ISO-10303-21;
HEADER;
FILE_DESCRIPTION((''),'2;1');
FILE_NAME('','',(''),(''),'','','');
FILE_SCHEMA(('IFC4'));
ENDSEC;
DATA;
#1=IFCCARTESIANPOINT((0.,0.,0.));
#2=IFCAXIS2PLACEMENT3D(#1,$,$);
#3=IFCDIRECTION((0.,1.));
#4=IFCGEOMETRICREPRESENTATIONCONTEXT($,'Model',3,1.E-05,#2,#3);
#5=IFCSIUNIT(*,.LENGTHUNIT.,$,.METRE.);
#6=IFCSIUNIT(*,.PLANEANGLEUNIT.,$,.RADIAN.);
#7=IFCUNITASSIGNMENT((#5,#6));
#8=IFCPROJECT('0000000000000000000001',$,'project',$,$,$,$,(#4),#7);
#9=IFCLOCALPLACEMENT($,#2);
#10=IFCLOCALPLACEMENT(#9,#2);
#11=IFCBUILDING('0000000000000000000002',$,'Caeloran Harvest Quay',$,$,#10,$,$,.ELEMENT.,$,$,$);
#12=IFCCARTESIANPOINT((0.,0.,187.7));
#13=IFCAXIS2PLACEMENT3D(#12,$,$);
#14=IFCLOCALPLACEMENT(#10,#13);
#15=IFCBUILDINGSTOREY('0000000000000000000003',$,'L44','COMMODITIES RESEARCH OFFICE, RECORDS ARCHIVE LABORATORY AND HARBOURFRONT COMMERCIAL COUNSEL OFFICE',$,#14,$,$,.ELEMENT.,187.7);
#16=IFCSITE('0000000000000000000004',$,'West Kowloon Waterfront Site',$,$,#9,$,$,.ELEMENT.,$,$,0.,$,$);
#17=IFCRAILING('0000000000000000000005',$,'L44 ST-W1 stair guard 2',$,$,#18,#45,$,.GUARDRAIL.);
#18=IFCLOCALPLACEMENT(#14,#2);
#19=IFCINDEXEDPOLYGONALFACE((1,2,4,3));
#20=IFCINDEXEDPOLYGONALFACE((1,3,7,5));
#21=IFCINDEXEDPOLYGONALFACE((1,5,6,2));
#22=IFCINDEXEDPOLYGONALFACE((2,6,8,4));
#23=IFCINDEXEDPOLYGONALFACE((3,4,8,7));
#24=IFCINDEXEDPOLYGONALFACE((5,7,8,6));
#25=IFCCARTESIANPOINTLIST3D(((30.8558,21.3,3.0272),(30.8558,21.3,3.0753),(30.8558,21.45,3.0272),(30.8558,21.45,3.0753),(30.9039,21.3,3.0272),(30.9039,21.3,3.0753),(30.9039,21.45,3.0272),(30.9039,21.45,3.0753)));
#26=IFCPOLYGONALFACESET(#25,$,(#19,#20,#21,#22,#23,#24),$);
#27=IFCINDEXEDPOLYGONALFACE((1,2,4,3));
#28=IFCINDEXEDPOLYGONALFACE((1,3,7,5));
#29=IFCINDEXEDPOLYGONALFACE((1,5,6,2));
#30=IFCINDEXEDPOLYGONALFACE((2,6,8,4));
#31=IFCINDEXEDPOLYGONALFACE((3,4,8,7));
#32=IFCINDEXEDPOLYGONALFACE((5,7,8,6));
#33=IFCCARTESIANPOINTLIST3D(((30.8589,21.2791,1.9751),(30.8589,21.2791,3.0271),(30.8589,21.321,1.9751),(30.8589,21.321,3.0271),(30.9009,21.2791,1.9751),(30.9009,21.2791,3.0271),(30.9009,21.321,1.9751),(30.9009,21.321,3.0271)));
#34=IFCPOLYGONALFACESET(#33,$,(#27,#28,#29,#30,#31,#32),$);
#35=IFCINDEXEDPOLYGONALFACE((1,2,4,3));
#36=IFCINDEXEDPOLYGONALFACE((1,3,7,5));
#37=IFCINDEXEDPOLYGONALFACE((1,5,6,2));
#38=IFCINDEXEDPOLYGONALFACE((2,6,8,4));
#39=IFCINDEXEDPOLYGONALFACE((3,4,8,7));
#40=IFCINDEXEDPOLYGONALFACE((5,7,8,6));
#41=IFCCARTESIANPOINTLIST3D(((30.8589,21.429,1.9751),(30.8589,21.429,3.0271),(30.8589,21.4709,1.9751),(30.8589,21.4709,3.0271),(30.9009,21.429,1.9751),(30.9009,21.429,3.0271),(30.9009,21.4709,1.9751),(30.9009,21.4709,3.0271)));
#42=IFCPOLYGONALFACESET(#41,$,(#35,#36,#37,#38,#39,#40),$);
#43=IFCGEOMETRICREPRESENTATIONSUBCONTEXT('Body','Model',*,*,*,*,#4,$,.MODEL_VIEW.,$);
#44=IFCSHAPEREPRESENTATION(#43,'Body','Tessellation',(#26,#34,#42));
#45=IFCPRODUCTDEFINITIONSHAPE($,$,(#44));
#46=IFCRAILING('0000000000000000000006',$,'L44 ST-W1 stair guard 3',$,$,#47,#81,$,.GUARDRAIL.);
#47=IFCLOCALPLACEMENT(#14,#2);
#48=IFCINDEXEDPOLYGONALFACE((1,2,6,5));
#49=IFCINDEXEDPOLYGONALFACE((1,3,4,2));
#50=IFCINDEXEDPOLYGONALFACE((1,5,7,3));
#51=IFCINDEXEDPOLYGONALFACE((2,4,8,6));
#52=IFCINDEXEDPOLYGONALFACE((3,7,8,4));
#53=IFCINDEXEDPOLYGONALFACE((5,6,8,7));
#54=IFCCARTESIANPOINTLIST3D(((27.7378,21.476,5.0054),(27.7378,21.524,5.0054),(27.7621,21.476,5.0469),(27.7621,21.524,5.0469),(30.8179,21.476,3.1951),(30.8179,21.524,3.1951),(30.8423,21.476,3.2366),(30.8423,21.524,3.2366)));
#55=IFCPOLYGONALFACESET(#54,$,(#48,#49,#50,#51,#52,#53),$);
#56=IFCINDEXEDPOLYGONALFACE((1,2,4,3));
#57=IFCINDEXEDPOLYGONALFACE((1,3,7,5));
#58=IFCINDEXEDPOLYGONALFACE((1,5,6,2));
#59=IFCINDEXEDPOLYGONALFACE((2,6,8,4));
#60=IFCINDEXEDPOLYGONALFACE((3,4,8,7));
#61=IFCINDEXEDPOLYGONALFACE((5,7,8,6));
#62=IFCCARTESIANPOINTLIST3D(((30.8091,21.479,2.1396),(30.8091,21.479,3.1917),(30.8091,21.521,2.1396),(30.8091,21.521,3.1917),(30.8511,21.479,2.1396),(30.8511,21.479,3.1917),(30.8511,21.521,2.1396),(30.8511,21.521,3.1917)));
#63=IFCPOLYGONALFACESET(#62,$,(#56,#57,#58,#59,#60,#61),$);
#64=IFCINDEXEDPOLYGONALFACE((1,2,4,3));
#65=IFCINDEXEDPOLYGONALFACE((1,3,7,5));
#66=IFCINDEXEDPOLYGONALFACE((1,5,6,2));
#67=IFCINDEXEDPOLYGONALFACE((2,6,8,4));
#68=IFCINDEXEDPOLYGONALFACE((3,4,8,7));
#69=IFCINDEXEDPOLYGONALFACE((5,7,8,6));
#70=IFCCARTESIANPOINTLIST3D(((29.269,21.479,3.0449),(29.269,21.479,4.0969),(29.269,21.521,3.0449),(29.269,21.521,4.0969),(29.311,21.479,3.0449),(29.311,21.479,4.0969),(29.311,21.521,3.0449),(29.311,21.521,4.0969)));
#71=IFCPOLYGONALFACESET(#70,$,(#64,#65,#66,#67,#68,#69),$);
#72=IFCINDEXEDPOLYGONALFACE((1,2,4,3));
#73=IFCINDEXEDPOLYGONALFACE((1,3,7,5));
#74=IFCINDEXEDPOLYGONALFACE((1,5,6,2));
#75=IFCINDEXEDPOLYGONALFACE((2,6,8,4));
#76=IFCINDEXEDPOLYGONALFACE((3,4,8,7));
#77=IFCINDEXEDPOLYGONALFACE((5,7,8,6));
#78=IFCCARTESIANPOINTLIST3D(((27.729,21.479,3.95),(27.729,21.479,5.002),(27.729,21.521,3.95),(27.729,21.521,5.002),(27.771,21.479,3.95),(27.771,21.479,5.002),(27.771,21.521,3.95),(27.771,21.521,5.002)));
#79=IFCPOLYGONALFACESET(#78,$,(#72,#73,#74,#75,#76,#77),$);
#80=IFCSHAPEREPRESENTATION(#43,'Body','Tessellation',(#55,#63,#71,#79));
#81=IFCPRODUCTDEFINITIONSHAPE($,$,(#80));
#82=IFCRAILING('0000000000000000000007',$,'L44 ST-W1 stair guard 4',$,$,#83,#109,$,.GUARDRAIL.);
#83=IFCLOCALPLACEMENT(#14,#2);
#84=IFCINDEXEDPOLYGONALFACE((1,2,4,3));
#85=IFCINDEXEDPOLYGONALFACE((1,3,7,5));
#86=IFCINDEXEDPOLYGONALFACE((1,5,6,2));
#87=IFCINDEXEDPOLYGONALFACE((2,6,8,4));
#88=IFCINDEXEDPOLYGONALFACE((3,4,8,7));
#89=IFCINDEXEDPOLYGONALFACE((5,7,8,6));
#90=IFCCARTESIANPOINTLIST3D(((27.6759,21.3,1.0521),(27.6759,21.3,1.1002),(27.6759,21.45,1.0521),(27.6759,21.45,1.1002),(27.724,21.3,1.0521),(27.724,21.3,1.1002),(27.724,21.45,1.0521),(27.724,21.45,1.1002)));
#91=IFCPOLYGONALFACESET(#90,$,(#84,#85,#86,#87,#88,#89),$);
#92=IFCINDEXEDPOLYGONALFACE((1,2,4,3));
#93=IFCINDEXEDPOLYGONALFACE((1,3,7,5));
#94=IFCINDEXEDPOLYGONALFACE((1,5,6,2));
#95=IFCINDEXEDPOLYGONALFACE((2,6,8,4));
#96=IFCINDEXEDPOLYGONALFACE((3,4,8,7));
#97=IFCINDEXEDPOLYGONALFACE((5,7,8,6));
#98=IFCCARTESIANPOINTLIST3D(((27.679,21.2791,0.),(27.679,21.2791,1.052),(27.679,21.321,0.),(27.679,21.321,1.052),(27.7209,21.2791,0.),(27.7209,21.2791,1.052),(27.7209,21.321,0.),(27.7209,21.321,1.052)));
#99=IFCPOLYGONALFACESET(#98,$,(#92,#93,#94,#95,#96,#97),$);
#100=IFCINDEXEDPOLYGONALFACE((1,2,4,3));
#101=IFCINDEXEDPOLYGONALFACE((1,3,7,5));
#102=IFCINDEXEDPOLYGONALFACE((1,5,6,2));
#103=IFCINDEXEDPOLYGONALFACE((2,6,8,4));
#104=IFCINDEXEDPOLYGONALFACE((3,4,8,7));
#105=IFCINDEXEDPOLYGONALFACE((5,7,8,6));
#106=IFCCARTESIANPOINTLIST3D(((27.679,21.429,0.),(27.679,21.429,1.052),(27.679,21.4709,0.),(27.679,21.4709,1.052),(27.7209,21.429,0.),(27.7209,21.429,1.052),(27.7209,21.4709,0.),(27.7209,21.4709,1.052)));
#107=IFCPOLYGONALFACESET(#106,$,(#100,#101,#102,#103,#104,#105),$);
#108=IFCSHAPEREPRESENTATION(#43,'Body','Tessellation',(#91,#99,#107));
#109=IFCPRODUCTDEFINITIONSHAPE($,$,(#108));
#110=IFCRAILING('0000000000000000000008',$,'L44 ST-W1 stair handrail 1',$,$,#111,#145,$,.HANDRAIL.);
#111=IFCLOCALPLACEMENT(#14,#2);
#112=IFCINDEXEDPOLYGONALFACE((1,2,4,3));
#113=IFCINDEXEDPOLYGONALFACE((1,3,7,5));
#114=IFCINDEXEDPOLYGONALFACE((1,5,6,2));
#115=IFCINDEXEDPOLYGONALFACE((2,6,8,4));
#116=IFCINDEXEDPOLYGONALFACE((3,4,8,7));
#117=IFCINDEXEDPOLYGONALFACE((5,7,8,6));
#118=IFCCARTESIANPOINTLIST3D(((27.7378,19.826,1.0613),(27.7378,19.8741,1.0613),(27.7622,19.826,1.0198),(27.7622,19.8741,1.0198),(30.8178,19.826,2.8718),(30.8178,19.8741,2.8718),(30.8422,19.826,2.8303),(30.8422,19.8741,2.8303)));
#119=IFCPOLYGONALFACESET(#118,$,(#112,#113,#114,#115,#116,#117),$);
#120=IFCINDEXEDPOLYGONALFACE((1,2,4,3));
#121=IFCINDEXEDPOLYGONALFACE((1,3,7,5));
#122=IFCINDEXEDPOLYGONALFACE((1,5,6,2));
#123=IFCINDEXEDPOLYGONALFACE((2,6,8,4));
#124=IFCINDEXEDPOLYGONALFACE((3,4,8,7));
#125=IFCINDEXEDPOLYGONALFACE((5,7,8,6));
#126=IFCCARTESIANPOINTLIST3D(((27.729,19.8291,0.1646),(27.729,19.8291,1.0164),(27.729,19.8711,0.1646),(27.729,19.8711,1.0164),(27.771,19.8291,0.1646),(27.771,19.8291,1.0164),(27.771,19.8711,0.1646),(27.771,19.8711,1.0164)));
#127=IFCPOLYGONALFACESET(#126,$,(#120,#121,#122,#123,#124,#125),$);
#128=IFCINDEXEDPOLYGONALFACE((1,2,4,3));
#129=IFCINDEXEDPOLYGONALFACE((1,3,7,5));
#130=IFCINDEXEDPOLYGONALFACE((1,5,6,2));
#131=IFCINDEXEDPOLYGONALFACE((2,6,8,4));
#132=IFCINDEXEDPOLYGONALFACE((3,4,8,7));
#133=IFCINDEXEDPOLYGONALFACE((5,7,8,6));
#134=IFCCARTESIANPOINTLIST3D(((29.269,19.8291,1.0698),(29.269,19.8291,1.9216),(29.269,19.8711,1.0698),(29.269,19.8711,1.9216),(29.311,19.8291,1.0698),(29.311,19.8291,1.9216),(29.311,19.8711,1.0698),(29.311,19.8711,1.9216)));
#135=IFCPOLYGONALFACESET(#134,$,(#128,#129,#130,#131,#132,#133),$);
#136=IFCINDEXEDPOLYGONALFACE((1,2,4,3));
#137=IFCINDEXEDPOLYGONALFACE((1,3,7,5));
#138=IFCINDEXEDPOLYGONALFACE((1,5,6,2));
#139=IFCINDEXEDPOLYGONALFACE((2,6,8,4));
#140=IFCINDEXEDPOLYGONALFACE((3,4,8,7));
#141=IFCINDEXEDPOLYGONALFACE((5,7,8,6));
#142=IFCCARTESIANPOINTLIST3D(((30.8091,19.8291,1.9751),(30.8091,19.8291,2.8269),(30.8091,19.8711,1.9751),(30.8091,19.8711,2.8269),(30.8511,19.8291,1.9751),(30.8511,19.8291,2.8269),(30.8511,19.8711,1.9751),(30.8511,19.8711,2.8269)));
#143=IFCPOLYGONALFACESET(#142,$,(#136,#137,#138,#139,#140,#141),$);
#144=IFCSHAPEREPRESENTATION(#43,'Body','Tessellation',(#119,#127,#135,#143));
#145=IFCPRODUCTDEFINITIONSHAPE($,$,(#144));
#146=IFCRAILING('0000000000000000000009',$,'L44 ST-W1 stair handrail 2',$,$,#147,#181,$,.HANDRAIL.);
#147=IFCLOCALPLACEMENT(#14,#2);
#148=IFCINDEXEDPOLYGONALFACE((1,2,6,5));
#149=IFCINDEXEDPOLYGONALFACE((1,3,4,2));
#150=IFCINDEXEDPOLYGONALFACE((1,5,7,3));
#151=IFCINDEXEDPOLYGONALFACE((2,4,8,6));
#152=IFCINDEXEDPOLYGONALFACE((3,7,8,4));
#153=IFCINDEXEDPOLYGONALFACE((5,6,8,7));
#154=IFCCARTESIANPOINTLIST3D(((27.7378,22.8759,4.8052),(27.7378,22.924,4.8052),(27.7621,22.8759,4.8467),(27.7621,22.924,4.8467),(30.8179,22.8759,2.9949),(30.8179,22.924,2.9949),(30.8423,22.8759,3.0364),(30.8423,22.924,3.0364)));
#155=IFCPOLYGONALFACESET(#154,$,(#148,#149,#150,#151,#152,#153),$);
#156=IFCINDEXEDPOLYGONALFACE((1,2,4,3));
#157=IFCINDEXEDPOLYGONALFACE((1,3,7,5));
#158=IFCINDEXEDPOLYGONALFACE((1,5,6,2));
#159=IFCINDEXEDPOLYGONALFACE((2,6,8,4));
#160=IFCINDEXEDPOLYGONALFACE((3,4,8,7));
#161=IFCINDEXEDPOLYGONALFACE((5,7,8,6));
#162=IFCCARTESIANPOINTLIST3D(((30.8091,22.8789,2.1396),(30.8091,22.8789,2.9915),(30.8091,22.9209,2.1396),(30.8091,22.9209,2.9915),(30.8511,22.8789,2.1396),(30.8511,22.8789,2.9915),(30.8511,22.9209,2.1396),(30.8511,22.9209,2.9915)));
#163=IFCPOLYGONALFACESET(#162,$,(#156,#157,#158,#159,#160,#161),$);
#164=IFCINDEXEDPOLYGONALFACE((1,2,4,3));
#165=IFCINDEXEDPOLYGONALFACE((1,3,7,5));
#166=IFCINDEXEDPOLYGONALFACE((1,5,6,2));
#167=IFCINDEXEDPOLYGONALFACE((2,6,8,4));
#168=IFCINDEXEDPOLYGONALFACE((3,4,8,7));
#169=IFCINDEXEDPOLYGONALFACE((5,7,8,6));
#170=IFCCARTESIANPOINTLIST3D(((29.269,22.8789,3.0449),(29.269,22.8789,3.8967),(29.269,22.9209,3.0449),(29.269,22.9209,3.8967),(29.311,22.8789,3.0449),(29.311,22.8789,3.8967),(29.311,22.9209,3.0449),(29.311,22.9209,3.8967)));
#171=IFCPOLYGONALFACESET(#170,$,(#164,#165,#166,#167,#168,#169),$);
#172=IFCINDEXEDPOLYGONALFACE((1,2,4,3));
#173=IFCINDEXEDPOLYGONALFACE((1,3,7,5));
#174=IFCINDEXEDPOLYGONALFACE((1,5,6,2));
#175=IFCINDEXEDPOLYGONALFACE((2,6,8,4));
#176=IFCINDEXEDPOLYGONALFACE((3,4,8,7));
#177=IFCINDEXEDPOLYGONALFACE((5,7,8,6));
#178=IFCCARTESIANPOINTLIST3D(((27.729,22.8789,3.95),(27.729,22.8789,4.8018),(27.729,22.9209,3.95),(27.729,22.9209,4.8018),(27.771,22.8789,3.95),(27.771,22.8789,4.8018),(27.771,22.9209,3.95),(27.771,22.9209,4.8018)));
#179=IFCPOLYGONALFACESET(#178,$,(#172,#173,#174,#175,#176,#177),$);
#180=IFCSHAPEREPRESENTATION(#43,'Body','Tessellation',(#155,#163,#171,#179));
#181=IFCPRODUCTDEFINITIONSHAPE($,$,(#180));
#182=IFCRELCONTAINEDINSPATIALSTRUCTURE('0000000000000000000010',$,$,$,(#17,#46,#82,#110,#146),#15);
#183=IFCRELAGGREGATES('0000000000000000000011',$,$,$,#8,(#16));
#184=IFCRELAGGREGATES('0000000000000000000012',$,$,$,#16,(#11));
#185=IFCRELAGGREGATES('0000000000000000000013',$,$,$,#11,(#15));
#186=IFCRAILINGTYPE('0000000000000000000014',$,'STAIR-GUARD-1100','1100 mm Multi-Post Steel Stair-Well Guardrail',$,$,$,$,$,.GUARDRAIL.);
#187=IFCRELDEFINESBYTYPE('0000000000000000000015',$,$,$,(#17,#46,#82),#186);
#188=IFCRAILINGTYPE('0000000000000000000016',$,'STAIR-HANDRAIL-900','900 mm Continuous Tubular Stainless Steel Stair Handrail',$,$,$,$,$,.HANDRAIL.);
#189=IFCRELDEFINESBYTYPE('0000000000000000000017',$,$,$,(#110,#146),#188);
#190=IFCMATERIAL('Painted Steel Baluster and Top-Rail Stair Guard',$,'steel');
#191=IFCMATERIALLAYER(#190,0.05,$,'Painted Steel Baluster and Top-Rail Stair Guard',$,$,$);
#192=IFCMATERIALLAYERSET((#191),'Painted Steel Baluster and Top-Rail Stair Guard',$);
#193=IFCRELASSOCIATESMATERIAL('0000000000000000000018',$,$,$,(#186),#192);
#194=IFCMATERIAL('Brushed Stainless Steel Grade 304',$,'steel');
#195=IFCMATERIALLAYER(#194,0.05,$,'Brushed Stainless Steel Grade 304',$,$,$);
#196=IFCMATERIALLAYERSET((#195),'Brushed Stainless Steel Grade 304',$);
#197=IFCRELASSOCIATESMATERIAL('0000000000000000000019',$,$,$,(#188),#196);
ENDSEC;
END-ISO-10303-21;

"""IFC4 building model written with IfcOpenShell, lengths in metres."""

from ifc_helpers import new_model, si_unit, direction, frame, origin, origin_2d, place, context, subcontext, project, spatial, rectangle, extrude, material, layer, layer_set, type_object, element, save


model = new_model("IFC4")

# Units and contexts
model_context = context("Model", 3, precision=1e-05, world=origin(), true_north=direction((0.0, 1.0)))
body_context = subcontext(model_context, "Body", "Model", "MODEL_VIEW")
ifc_project = project(units=[si_unit("LENGTHUNIT", "METRE"), si_unit("PLANEANGLEUNIT", "RADIAN")], contexts=[model_context])

# Site, building, storey
site_placement = place(None, origin())
site = spatial("IfcSite", under=ifc_project, at=site_placement, Name="West Kowloon Waterfront Site", CompositionType="ELEMENT", RefElevation=0.0)
building_placement = place(site_placement, origin())
building = spatial("IfcBuilding", under=site, at=building_placement, Name="Caeloran Harvest Quay", CompositionType="ELEMENT")
storey_placement = place(building_placement, frame((0.0, 0.0, 187.7)))
storey = spatial("IfcBuildingStorey", under=building, at=storey_placement, Name="L44", Description="COMMODITIES RESEARCH OFFICE, RECORDS ARCHIVE LABORATORY AND HARBOURFRONT COMMERCIAL COUNSEL OFFICE", CompositionType="ELEMENT", Elevation=187.7)

# Railings
ifc_material_1 = material(Name="Painted Steel Baluster and Top-Rail Stair Guard", Category="steel")
ifc_layer_1 = layer(ifc_material_1, 0.05, Name="Painted Steel Baluster and Top-Rail Stair Guard")
ifc_layer_set_1 = layer_set([ifc_layer_1], Name="Painted Steel Baluster and Top-Rail Stair Guard")
railing_type_1 = type_object("IfcRailingType", Name="STAIR-GUARD-1100", Description="1100 mm Multi-Post Steel Stair-Well Guardrail", PredefinedType="GUARDRAIL", material=ifc_layer_set_1)
railing_1_placement = place(storey_placement, frame((30.8799, 21.3, 1.9751)))
element("IfcRailing", 1, at=railing_1_placement, inside=storey, type_object=railing_type_1, Name="L44 ST-W1 stair guard 2", PredefinedType="GUARDRAIL", context=body_context, shape_type="SweptSolid", body=[
    extrude(rectangle(XDim=0.0481, YDim=0.0481, at=origin_2d()), frame((0.0, 0.0, 1.0762), z_axis=(0.0, 1.0, 0.0), x_axis=(-1.0, 0.0, 0.0)), (0.0, 0.0, 1.0), 0.1499),
    extrude(rectangle(XDim=0.042, YDim=0.042, at=origin_2d()), origin(), (0.0, 0.0, 1.0), 1.052),
    extrude(rectangle(XDim=0.042, YDim=0.042, at=origin_2d()), frame((0.0, 0.1499, 0.0)), (0.0, 0.0, 1.0), 1.052),
])
railing_2_placement = place(storey_placement, frame((30.8301, 21.5, 2.1396)))
element("IfcRailing", 2, at=railing_2_placement, inside=storey, type_object=railing_type_1, Name="L44 ST-W1 stair guard 3", PredefinedType="GUARDRAIL", context=body_context, shape_type="SweptSolid", body=[
    extrude(rectangle(XDim=0.0481, YDim=0.0481, at=origin_2d()), frame((0.0, 0.0, 1.0762), z_axis=(-0.862119, 0.0, 0.506707), x_axis=(0.0, -1.0, 0.0)), (0.0, 0.0, 1.0), 3.5728),
    extrude(rectangle(XDim=0.042, YDim=0.042, at=origin_2d()), origin(), (0.0, 0.0, 1.0), 1.052),
    extrude(rectangle(XDim=0.042, YDim=0.042, at=origin_2d()), frame((-1.54, 0.0, 0.9053)), (0.0, 0.0, 1.0), 1.052),
    extrude(rectangle(XDim=0.042, YDim=0.042, at=origin_2d()), frame((-3.0801, 0.0, 1.8103)), (0.0, 0.0, 1.0), 1.052),
])
railing_3_placement = place(storey_placement, frame((27.7, 21.3, 0.0)))
element("IfcRailing", 3, at=railing_3_placement, inside=storey, type_object=railing_type_1, Name="L44 ST-W1 stair guard 4", PredefinedType="GUARDRAIL", context=body_context, shape_type="SweptSolid", body=[
    extrude(rectangle(XDim=0.0481, YDim=0.0481, at=origin_2d()), frame((0.0, 0.0, 1.0762), z_axis=(0.0, 1.0, 0.0), x_axis=(-1.0, 0.0, 0.0)), (0.0, 0.0, 1.0), 0.1499),
    extrude(rectangle(XDim=0.042, YDim=0.042, at=origin_2d()), origin(), (0.0, 0.0, 1.0), 1.052),
    extrude(rectangle(XDim=0.042, YDim=0.042, at=origin_2d()), frame((0.0, 0.1499, 0.0)), (0.0, 0.0, 1.0), 1.052),
])
ifc_material_2 = material(Name="Brushed Stainless Steel Grade 304", Category="steel")
ifc_layer_2 = layer(ifc_material_2, 0.05, Name="Brushed Stainless Steel Grade 304")
ifc_layer_set_2 = layer_set([ifc_layer_2], Name="Brushed Stainless Steel Grade 304")
railing_type_2 = type_object("IfcRailingType", Name="STAIR-HANDRAIL-900", Description="900 mm Continuous Tubular Stainless Steel Stair Handrail", PredefinedType="HANDRAIL", material=ifc_layer_set_2)
railing_4_placement = place(storey_placement, frame((27.75, 19.8501, 0.1646)))
element("IfcRailing", 4, at=railing_4_placement, inside=storey, type_object=railing_type_2, Name="L44 ST-W1 stair handrail 1", PredefinedType="HANDRAIL", context=body_context, shape_type="SweptSolid", body=[
    extrude(rectangle(XDim=0.0481, YDim=0.0481, at=origin_2d()), frame((0.0, 0.0, 0.876), z_axis=(0.862089, 0.0, 0.506757), x_axis=(0.0, 1.0, 0.0)), (0.0, 0.0, 1.0), 3.5728),
    extrude(rectangle(XDim=0.042, YDim=0.042, at=origin_2d()), origin(), (0.0, 0.0, 1.0), 0.8518),
    extrude(rectangle(XDim=0.042, YDim=0.042, at=origin_2d()), frame((1.54, 0.0, 0.9053)), (0.0, 0.0, 1.0), 0.8518),
    extrude(rectangle(XDim=0.042, YDim=0.042, at=origin_2d()), frame((3.0801, 0.0, 1.8105)), (0.0, 0.0, 1.0), 0.8518),
])
railing_5_placement = place(storey_placement, frame((30.8301, 22.8999, 2.1396)))
element("IfcRailing", 5, at=railing_5_placement, inside=storey, type_object=railing_type_2, Name="L44 ST-W1 stair handrail 2", PredefinedType="HANDRAIL", context=body_context, shape_type="SweptSolid", body=[
    extrude(rectangle(XDim=0.0481, YDim=0.0481, at=origin_2d()), frame((0.0, 0.0, 0.876), z_axis=(-0.862119, 0.0, 0.506707), x_axis=(0.0, -1.0, 0.0)), (0.0, 0.0, 1.0), 3.5728),
    extrude(rectangle(XDim=0.042, YDim=0.042, at=origin_2d()), origin(), (0.0, 0.0, 1.0), 0.8518),
    extrude(rectangle(XDim=0.042, YDim=0.042, at=origin_2d()), frame((-1.54, 0.0, 0.9053)), (0.0, 0.0, 1.0), 0.8518),
    extrude(rectangle(XDim=0.042, YDim=0.042, at=origin_2d()), frame((-3.0801, 0.0, 1.8103)), (0.0, 0.0, 1.0), 0.8518),
])

save(model, "model.ifc")
